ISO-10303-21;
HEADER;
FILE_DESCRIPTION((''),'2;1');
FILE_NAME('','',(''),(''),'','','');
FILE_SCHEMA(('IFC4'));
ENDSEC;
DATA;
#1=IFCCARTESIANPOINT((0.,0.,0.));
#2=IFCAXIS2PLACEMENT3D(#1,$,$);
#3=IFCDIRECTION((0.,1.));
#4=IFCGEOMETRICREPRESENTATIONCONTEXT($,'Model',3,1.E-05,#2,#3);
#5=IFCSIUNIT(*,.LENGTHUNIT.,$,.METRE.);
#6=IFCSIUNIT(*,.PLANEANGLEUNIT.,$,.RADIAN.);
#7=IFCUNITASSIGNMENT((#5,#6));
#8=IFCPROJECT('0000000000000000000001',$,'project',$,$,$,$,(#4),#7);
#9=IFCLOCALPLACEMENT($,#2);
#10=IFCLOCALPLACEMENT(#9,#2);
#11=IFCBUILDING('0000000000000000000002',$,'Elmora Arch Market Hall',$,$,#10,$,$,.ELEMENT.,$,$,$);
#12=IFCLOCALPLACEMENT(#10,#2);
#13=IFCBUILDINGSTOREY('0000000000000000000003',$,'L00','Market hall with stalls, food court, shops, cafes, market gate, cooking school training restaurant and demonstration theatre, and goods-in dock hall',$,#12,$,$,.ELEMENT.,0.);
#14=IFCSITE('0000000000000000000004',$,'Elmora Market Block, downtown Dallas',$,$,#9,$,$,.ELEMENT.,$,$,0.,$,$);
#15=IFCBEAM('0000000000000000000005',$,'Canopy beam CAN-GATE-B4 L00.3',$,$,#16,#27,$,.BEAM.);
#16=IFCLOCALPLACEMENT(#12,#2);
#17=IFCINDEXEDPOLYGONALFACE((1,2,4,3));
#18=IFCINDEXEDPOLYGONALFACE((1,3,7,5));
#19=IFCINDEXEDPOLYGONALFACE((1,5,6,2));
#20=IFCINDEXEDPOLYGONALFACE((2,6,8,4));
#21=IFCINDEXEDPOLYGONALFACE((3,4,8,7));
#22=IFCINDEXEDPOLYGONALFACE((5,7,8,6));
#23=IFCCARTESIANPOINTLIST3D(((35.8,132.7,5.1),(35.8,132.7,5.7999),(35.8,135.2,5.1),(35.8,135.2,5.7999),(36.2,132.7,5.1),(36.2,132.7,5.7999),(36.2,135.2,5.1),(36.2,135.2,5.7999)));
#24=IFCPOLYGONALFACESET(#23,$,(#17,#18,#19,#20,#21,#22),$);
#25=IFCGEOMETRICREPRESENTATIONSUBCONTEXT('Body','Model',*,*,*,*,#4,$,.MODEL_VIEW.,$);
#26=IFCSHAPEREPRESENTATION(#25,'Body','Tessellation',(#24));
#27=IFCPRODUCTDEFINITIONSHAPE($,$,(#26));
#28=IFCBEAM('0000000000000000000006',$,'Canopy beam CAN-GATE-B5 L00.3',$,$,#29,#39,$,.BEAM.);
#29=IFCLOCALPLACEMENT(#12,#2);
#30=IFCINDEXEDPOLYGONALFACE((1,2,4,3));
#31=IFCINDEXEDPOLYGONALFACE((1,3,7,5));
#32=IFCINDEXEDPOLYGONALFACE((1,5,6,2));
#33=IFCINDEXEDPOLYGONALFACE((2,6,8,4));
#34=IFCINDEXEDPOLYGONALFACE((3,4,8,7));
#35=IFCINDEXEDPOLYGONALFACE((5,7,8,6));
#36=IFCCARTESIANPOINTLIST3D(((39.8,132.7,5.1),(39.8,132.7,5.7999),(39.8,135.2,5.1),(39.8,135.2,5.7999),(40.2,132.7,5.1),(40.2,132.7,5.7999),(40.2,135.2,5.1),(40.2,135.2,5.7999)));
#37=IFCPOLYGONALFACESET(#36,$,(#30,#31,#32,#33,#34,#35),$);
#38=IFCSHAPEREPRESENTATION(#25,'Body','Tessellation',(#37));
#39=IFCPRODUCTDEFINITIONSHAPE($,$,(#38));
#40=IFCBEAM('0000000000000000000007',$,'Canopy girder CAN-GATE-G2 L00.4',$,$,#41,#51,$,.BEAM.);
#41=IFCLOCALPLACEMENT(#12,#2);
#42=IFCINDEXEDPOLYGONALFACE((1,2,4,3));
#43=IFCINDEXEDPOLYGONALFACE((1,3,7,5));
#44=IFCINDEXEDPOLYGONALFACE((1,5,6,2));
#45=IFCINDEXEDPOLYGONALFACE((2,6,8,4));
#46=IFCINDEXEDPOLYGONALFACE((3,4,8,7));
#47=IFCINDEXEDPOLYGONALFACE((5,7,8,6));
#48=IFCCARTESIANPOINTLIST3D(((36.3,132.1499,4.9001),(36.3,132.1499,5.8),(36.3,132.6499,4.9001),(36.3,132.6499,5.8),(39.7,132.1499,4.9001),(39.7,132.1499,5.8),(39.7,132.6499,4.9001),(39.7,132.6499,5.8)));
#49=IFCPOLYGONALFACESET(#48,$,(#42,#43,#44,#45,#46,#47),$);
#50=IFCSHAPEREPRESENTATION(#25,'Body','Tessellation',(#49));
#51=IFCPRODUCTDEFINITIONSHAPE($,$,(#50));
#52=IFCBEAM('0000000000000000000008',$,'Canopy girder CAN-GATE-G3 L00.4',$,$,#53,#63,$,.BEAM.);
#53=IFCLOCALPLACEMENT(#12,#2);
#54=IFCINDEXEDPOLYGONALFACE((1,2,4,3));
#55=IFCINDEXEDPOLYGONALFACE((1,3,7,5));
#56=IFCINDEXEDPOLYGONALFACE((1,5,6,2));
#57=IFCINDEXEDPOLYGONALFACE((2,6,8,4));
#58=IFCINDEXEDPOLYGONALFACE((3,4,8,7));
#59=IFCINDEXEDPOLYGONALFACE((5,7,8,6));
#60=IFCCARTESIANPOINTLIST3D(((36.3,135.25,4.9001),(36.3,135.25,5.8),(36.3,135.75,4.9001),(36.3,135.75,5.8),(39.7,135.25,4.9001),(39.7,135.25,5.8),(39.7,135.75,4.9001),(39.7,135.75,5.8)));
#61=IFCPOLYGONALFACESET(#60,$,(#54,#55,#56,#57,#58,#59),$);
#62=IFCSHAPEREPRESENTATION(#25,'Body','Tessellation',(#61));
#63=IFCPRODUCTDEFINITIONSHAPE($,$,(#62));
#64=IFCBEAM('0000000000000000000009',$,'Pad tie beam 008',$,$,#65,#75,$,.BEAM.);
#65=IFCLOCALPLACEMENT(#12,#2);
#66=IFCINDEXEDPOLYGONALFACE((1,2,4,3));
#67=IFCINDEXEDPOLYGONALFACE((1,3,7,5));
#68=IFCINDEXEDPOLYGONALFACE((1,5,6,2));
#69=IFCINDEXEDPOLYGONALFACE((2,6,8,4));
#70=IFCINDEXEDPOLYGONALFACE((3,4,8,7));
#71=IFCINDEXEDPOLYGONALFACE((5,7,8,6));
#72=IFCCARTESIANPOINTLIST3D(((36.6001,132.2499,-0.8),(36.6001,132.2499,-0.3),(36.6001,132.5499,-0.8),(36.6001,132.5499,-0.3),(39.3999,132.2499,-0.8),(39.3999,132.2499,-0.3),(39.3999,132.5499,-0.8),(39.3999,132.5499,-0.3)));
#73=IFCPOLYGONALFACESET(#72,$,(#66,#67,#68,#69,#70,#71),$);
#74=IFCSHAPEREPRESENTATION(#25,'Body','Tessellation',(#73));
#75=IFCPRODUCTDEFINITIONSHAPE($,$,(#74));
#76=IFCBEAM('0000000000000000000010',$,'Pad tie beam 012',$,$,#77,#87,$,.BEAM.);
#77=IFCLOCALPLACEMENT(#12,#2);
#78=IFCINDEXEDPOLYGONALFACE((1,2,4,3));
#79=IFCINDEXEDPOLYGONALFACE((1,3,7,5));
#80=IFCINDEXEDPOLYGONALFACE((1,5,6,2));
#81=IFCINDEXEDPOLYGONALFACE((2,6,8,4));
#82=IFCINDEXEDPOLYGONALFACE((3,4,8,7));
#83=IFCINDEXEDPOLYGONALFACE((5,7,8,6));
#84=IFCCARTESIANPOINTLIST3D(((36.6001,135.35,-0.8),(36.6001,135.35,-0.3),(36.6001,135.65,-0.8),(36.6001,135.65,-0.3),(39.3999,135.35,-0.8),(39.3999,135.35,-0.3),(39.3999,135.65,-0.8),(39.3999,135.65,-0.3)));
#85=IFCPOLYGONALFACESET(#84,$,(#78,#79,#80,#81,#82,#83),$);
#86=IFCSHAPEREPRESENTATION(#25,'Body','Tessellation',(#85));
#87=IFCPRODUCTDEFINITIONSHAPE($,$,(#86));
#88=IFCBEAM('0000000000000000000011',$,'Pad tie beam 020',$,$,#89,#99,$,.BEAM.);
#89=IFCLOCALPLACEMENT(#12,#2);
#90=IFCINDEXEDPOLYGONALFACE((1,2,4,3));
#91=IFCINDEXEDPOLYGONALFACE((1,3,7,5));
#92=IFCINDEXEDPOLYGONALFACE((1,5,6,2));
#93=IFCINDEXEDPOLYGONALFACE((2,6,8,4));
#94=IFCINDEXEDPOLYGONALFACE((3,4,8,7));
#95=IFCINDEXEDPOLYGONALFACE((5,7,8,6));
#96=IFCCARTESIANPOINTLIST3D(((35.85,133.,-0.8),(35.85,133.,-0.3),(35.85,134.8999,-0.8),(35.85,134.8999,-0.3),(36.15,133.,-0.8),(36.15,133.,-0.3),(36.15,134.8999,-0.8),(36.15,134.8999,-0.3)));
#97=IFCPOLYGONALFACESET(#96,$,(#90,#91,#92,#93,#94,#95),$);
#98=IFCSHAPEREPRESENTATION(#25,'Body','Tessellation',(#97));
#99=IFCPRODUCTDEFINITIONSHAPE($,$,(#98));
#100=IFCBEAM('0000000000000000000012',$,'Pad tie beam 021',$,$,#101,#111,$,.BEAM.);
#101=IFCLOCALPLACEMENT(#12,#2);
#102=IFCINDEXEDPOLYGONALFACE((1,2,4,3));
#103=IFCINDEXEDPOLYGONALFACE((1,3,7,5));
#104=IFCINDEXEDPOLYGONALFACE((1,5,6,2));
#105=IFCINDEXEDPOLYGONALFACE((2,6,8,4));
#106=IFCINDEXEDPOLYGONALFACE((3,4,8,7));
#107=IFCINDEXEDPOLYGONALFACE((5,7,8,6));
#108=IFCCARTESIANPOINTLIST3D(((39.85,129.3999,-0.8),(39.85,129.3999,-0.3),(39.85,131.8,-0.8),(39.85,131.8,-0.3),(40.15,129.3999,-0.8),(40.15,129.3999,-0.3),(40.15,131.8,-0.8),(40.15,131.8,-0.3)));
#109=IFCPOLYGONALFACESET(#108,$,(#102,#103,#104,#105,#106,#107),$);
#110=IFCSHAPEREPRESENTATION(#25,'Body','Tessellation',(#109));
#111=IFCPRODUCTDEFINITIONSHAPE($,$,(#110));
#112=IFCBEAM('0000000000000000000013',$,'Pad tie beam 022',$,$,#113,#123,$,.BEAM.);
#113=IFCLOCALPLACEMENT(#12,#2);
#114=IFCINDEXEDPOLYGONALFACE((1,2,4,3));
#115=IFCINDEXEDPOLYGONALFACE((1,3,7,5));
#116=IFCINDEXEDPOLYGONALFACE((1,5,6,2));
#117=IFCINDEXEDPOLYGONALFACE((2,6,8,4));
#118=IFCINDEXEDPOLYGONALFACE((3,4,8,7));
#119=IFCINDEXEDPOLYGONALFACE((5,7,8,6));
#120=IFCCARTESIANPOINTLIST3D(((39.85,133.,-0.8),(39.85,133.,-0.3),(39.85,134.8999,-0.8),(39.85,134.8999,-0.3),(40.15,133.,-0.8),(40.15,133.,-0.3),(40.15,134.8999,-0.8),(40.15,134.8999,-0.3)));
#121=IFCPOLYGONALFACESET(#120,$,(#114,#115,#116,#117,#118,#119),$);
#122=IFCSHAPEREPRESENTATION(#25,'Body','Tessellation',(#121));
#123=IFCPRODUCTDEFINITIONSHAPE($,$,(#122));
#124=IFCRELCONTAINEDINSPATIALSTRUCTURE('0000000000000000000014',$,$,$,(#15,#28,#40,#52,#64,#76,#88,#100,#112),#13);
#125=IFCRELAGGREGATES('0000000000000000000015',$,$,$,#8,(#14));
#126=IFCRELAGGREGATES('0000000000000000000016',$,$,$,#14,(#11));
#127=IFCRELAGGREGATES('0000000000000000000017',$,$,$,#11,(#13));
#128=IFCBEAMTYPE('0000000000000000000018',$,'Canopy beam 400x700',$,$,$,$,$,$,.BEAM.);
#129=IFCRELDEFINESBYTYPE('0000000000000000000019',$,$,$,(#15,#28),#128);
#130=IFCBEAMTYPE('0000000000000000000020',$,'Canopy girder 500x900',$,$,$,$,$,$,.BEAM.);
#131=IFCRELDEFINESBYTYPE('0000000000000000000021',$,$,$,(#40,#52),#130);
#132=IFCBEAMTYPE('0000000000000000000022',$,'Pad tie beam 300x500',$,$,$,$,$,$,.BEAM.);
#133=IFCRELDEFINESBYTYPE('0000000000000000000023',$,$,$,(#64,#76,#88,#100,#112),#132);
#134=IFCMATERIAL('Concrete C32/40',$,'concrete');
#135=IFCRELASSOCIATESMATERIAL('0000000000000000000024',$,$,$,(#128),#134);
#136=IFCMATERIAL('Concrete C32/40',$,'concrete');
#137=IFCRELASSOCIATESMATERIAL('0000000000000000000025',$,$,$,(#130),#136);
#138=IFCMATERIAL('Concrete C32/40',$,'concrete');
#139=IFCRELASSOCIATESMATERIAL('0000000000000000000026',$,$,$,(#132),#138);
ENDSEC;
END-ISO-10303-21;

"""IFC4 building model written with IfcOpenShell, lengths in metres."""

from ifc_helpers import new_model, si_unit, direction, frame, origin, origin_2d, place, context, subcontext, project, spatial, rectangle, extrude, material, material_profile, profile_set, type_object, element, save


model = new_model("IFC4")

# Units and contexts
model_context = context("Model", 3, precision=1e-05, world=origin(), true_north=direction((0.0, 1.0)))
body_context = subcontext(model_context, "Body", "Model", "MODEL_VIEW")
ifc_project = project(units=[si_unit("LENGTHUNIT", "METRE"), si_unit("PLANEANGLEUNIT", "RADIAN")], contexts=[model_context])

# Site, building, storey
site_placement = place(None, origin())
site = spatial("IfcSite", under=ifc_project, at=site_placement, Name="Elmora Market Block, downtown Dallas", CompositionType="ELEMENT", RefElevation=0.0)
building_placement = place(site_placement, origin())
building = spatial("IfcBuilding", under=site, at=building_placement, Name="Elmora Arch Market Hall", CompositionType="ELEMENT")
storey_placement = place(building_placement, origin())
storey = spatial("IfcBuildingStorey", under=building, at=storey_placement, Name="L00", Description="Market hall with stalls, food court, shops, cafes, market gate, cooking school training restaurant and demonstration theatre, and goods-in dock hall", CompositionType="ELEMENT", Elevation=0.0)

# Beams
ifc_material_1 = material(Name="Concrete C32/40", Category="concrete")
ifc_material_profile_1 = material_profile(ifc_material_1, rectangle(XDim=0.3999, YDim=0.7, at=origin_2d()), Name="Canopy beam 400x700")
ifc_profile_set_1 = profile_set([ifc_material_profile_1], Name="Concrete C32/40")
beam_type_1 = type_object("IfcBeamType", Name="Canopy beam 400x700", PredefinedType="BEAM", material=ifc_profile_set_1)
for number, where, z_axis, x_axis, name in (
    (1, (36.0, 132.7, 5.45), (0.0, 1.0, 0.0), (-1.0, 0.0, 0.0), "Canopy beam CAN-GATE-B4 L00.3"),
    (2, (40.0, 132.7, 5.45), (0.0, 1.0, 0.0), (-1.0, 0.0, 0.0), "Canopy beam CAN-GATE-B5 L00.3"),
):
    element("IfcBeam", number, at=place(storey_placement, frame(where, z_axis=z_axis, x_axis=x_axis)), inside=storey, type_object=beam_type_1, Name=name, PredefinedType="BEAM", context=body_context, shape_type="SweptSolid", body=[
        extrude(rectangle(XDim=0.3999, YDim=0.7, at=origin_2d()), origin(), (0.0, 0.0, 1.0), 2.5),
    ])
ifc_material_2 = material(Name="Concrete C32/40", Category="concrete")
ifc_material_profile_2 = material_profile(ifc_material_2, rectangle(XDim=0.5, YDim=0.8999, at=origin_2d()), Name="Canopy girder 500x900")
ifc_profile_set_2 = profile_set([ifc_material_profile_2], Name="Concrete C32/40")
beam_type_2 = type_object("IfcBeamType", Name="Canopy girder 500x900", PredefinedType="BEAM", material=ifc_profile_set_2)
for number, where, z_axis, x_axis, name in (
    (3, (36.3, 132.3999, 5.3501), (1.0, 0.0, 0.0), (0.0, 1.0, 0.0), "Canopy girder CAN-GATE-G2 L00.4"),
    (4, (36.3, 135.5, 5.3501), (1.0, 0.0, 0.0), (0.0, 1.0, 0.0), "Canopy girder CAN-GATE-G3 L00.4"),
):
    element("IfcBeam", number, at=place(storey_placement, frame(where, z_axis=z_axis, x_axis=x_axis)), inside=storey, type_object=beam_type_2, Name=name, PredefinedType="BEAM", context=body_context, shape_type="SweptSolid", body=[
        extrude(rectangle(XDim=0.5, YDim=0.8999, at=origin_2d()), origin(), (0.0, 0.0, 1.0), 3.3999),
    ])
ifc_material_3 = material(Name="Concrete C32/40", Category="concrete")
ifc_material_profile_3 = material_profile(ifc_material_3, rectangle(XDim=0.3, YDim=0.5, at=origin_2d()), Name="Pad tie beam 300x500")
ifc_profile_set_3 = profile_set([ifc_material_profile_3], Name="Concrete C32/40")
beam_type_3 = type_object("IfcBeamType", Name="Pad tie beam 300x500", PredefinedType="BEAM", material=ifc_profile_set_3)
for number, where, z_axis, x_axis, name in (
    (5, (36.6001, 132.3999, -0.55), (1.0, 0.0, 0.0), (0.0, 1.0, 0.0), "Pad tie beam 008"),
    (6, (36.6001, 135.5, -0.55), (1.0, 0.0, 0.0), (0.0, 1.0, 0.0), "Pad tie beam 012"),
):
    element("IfcBeam", number, at=place(storey_placement, frame(where, z_axis=z_axis, x_axis=x_axis)), inside=storey, type_object=beam_type_3, Name=name, PredefinedType="BEAM", context=body_context, shape_type="SweptSolid", body=[
        extrude(rectangle(XDim=0.3, YDim=0.5, at=origin_2d()), origin(), (0.0, 0.0, 1.0), 2.7998),
    ])
beam_1_placement = place(storey_placement, frame((36.0, 133.0, -0.55), z_axis=(0.0, 1.0, 0.0), x_axis=(-1.0, 0.0, 0.0)))
element("IfcBeam", 7, at=beam_1_placement, inside=storey, type_object=beam_type_3, Name="Pad tie beam 020", PredefinedType="BEAM", context=body_context, shape_type="SweptSolid", body=[
    extrude(rectangle(XDim=0.3, YDim=0.5, at=origin_2d()), origin(), (0.0, 0.0, 1.0), 1.8999),
])
beam_2_placement = place(storey_placement, frame((40.0, 129.3999, -0.55), z_axis=(0.0, 1.0, 0.0), x_axis=(-1.0, 0.0, 0.0)))
element("IfcBeam", 8, at=beam_2_placement, inside=storey, type_object=beam_type_3, Name="Pad tie beam 021", PredefinedType="BEAM", context=body_context, shape_type="SweptSolid", body=[
    extrude(rectangle(XDim=0.3, YDim=0.5, at=origin_2d()), origin(), (0.0, 0.0, 1.0), 2.4001),
])
beam_3_placement = place(storey_placement, frame((40.0, 133.0, -0.55), z_axis=(0.0, 1.0, 0.0), x_axis=(-1.0, 0.0, 0.0)))
element("IfcBeam", 9, at=beam_3_placement, inside=storey, type_object=beam_type_3, Name="Pad tie beam 022", PredefinedType="BEAM", context=body_context, shape_type="SweptSolid", body=[
    extrude(rectangle(XDim=0.3, YDim=0.5, at=origin_2d()), origin(), (0.0, 0.0, 1.0), 1.8999),
])

save(model, "model.ifc")
